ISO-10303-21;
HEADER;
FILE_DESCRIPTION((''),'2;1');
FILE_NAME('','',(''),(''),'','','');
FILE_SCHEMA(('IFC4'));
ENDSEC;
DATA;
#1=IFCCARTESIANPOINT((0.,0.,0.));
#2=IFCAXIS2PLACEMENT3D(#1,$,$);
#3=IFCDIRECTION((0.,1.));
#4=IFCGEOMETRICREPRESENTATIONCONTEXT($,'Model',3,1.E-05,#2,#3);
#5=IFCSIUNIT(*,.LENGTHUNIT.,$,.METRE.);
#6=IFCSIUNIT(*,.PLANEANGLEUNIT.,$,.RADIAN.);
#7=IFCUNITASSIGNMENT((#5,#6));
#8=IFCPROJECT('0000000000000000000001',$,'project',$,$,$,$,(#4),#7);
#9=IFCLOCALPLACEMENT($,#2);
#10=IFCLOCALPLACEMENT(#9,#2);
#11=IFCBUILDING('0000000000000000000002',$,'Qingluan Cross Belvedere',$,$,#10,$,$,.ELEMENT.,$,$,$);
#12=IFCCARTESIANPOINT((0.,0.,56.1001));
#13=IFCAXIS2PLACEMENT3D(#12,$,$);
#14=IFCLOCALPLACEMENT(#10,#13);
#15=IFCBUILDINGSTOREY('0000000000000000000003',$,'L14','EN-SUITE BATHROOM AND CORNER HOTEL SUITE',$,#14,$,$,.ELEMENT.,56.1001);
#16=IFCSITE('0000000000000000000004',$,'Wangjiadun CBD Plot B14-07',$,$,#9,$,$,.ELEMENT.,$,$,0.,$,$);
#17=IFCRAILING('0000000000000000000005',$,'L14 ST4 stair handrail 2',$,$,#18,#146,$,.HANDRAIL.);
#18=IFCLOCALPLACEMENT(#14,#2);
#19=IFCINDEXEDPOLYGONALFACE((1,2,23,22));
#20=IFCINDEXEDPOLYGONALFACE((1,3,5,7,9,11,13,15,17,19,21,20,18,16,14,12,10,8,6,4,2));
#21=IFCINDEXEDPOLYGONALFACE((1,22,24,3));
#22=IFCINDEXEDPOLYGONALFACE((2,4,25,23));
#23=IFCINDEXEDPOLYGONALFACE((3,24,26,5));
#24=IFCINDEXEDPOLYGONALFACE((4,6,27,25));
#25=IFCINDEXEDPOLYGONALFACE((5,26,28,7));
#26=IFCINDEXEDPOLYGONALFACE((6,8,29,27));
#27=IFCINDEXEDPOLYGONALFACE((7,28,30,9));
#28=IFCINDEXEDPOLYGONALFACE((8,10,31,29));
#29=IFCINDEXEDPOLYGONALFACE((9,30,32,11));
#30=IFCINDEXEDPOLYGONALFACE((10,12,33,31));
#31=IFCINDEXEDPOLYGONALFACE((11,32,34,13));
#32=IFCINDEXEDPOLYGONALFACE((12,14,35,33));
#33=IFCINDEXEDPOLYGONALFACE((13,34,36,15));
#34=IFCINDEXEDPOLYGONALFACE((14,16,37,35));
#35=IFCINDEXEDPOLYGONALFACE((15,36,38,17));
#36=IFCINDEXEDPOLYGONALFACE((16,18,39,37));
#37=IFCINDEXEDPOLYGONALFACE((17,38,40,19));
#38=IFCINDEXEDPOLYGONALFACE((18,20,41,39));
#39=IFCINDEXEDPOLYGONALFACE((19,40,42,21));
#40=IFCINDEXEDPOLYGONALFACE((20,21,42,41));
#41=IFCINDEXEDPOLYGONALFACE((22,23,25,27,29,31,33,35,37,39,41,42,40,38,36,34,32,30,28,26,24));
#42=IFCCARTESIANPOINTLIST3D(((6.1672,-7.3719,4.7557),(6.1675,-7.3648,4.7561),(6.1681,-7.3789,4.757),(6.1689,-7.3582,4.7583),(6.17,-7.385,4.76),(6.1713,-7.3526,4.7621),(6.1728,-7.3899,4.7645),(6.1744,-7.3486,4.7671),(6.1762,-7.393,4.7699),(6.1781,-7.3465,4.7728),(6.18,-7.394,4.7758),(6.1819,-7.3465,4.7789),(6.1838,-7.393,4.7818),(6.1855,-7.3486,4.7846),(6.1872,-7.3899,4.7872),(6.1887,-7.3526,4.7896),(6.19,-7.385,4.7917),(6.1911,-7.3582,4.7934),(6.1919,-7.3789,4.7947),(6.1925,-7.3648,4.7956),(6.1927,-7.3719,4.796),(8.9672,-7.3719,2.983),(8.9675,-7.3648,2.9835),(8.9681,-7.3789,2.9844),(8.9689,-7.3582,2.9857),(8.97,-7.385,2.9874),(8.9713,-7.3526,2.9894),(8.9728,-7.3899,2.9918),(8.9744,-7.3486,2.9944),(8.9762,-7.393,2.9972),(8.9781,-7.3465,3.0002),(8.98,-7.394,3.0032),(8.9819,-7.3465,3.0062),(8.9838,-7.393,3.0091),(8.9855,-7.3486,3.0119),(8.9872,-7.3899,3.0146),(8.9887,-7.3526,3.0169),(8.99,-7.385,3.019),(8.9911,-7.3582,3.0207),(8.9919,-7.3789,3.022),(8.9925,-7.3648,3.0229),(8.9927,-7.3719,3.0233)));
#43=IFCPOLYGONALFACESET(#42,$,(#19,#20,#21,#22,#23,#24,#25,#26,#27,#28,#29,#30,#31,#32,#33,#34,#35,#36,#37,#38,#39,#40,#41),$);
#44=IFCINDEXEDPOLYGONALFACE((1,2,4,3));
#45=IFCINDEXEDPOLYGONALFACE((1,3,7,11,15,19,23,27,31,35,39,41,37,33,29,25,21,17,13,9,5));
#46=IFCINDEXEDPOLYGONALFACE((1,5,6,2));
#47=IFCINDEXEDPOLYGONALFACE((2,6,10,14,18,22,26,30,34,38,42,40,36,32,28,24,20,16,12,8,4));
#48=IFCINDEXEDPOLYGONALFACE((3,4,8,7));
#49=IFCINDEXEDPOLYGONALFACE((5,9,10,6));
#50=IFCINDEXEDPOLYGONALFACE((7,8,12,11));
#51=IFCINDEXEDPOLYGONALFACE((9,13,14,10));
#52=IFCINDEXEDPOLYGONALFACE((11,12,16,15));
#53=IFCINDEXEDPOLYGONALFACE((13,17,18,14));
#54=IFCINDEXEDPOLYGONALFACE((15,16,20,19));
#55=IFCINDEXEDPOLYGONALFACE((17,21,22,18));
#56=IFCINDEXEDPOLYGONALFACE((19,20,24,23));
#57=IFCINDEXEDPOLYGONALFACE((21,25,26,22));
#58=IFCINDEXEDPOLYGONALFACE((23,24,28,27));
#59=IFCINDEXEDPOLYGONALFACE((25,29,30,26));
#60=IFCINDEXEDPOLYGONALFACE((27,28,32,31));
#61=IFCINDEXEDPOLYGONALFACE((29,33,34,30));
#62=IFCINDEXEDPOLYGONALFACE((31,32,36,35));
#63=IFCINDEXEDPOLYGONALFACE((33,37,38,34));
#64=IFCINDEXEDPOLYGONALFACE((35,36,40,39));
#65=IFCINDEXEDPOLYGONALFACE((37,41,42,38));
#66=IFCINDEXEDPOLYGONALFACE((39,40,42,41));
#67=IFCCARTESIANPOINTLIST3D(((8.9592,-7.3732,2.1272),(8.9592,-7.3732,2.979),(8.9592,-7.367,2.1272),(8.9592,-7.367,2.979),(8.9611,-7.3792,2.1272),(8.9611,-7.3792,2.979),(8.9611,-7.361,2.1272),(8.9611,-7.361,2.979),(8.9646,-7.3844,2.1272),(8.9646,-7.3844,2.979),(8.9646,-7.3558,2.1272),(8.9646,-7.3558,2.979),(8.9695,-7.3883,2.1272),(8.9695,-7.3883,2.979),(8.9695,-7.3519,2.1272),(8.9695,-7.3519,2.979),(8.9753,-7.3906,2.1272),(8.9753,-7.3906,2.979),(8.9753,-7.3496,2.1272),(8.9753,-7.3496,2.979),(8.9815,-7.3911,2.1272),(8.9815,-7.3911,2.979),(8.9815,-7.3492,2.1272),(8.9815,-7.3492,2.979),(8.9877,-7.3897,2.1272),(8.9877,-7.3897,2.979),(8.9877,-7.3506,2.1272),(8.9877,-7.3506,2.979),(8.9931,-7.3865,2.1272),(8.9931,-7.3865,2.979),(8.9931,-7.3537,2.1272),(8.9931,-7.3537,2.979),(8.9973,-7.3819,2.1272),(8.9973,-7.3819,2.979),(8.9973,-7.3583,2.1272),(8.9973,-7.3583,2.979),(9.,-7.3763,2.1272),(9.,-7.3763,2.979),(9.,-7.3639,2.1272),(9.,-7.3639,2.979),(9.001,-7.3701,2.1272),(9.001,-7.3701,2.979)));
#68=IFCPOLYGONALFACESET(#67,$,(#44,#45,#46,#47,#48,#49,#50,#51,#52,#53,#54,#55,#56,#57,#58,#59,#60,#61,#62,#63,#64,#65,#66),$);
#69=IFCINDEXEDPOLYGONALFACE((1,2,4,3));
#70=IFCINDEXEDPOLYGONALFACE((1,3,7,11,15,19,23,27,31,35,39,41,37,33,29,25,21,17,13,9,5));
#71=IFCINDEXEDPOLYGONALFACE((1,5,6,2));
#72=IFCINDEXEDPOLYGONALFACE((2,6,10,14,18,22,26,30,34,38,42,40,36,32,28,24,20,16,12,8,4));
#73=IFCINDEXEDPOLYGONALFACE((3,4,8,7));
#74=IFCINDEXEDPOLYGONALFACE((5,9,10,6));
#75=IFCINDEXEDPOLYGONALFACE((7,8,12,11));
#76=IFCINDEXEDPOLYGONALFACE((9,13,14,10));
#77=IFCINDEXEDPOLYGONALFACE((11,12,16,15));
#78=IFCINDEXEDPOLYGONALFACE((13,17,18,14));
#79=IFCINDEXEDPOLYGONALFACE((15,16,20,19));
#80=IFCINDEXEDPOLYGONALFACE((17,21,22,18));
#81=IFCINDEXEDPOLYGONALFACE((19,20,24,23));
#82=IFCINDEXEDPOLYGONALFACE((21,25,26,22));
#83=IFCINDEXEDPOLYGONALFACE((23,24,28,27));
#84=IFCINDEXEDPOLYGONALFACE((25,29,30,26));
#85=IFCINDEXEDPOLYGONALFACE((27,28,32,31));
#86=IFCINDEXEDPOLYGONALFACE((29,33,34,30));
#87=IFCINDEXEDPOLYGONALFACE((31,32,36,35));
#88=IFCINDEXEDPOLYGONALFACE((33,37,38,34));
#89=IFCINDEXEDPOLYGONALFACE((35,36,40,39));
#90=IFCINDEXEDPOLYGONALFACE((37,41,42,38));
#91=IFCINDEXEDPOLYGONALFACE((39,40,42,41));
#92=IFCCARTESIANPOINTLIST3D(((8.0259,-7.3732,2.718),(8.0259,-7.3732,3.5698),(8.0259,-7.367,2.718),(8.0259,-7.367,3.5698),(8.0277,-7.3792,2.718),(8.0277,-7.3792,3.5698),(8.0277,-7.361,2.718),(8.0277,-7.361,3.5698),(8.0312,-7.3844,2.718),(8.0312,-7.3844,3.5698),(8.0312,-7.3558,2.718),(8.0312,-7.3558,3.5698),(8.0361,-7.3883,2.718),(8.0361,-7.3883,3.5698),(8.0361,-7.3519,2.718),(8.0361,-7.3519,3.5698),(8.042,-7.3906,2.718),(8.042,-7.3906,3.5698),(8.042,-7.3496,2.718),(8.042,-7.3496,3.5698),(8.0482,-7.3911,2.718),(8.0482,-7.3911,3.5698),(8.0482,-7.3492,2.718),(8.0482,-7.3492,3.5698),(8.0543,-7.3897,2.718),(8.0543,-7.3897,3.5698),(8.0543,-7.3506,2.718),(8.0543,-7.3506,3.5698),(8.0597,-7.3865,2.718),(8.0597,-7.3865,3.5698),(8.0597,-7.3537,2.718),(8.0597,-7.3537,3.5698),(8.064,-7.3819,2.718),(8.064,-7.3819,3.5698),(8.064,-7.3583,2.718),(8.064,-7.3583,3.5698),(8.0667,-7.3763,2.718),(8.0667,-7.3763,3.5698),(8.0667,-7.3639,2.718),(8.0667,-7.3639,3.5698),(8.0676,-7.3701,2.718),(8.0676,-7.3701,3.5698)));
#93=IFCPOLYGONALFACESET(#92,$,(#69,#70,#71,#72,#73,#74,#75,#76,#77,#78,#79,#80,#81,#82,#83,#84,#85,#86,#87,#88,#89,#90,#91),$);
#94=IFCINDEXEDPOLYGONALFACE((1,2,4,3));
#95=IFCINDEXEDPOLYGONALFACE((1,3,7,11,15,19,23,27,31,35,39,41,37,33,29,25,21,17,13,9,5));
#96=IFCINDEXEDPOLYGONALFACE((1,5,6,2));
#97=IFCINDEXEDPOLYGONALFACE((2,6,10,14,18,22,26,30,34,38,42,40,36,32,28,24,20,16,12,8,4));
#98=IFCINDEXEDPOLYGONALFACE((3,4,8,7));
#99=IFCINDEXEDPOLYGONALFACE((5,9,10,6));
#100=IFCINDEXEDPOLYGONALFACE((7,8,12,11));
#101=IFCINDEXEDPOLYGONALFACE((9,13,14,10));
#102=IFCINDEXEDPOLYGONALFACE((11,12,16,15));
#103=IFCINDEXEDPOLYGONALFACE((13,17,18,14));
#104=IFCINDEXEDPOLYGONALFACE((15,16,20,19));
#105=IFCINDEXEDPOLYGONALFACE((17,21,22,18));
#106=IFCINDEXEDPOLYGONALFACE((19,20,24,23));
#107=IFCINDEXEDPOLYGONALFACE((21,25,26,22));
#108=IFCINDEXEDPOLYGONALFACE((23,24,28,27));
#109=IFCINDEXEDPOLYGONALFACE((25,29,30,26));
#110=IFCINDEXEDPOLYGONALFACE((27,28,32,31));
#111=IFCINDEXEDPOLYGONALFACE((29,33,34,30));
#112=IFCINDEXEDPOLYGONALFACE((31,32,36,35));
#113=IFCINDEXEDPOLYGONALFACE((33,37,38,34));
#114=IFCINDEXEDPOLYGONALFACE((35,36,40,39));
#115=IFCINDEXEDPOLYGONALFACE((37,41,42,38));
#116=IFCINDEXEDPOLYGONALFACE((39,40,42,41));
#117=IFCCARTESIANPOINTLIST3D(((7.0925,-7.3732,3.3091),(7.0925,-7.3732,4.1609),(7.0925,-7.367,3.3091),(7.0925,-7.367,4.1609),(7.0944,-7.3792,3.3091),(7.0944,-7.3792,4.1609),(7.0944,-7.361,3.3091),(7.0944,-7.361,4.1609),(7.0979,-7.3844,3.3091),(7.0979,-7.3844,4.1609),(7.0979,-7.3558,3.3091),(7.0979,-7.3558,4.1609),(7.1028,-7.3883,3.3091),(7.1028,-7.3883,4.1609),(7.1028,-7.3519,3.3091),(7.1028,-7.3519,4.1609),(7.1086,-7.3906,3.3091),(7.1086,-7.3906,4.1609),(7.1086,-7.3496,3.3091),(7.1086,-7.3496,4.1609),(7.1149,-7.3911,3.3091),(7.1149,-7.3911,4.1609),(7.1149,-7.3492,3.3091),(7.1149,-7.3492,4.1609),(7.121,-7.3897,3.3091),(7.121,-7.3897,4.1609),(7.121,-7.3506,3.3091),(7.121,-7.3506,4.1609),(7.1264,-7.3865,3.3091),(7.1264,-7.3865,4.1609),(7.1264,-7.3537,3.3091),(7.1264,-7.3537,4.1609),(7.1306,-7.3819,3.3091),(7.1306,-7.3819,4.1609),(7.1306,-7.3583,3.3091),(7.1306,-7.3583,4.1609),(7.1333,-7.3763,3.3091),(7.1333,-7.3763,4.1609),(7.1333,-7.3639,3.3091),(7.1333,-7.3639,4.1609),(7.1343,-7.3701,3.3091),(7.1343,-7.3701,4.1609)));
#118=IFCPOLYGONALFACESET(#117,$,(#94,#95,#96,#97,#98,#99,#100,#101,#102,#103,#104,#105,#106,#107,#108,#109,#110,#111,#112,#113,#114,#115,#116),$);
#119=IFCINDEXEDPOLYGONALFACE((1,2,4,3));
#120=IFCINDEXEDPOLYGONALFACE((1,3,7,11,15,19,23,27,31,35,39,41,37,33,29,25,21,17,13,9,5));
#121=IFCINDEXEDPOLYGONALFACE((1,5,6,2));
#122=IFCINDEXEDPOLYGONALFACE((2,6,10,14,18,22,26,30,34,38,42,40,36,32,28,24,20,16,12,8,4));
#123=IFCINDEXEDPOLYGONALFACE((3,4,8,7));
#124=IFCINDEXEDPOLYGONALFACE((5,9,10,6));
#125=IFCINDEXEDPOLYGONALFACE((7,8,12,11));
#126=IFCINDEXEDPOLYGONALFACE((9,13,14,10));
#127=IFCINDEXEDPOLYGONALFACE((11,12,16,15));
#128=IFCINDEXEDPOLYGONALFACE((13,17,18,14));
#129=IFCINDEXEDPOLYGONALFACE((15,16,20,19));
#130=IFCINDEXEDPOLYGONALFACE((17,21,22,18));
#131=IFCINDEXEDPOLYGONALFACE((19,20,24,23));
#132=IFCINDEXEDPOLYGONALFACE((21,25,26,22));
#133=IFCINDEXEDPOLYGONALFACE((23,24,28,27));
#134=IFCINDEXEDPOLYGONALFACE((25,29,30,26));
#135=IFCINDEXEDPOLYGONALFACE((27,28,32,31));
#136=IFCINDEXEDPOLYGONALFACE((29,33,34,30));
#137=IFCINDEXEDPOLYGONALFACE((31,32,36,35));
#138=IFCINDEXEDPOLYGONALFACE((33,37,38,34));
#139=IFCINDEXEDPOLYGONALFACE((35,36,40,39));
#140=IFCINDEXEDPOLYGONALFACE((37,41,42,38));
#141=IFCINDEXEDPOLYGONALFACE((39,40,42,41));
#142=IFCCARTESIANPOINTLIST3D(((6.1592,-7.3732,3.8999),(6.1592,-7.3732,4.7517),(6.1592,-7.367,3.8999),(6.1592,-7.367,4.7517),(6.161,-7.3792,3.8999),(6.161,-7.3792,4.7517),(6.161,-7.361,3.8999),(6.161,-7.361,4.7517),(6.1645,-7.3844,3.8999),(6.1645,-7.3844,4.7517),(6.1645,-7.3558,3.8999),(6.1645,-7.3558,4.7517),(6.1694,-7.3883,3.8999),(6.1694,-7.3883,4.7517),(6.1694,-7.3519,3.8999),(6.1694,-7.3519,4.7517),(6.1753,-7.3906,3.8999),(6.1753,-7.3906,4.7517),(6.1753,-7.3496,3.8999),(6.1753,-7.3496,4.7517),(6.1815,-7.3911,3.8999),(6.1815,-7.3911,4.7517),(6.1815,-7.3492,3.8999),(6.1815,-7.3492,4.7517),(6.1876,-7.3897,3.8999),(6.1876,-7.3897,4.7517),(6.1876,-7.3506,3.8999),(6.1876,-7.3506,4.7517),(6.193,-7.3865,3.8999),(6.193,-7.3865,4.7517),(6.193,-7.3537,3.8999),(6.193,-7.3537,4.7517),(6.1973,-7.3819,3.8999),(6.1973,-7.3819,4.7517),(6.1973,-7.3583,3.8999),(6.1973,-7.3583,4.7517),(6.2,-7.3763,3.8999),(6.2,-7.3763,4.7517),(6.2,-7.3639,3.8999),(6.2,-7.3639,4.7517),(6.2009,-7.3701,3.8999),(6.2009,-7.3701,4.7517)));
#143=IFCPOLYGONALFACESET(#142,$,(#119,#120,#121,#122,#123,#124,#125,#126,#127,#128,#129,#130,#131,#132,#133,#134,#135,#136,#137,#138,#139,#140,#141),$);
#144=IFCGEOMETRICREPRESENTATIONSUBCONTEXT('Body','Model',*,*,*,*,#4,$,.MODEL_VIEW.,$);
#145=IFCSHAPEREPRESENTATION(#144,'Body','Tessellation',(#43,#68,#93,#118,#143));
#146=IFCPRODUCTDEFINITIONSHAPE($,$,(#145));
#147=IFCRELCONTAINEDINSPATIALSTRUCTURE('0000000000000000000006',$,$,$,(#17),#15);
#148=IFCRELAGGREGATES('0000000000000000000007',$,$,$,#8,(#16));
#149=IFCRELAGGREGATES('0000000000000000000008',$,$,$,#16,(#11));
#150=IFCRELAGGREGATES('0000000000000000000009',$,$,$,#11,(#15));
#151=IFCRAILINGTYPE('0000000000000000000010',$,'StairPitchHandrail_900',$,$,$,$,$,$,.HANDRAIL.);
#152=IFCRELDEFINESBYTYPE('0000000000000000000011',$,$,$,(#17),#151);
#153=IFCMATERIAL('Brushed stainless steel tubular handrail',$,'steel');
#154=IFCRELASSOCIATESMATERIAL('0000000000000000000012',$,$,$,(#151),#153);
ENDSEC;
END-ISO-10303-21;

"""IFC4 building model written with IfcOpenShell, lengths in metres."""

from ifc_helpers import new_model, si_unit, direction, frame, origin, origin_2d, place, context, subcontext, project, spatial, circle, extrude, material, type_object, element, save


model = new_model("IFC4")

# Units and contexts
model_context = context("Model", 3, precision=1e-05, world=origin(), true_north=direction((0.0, 1.0)))
body_context = subcontext(model_context, "Body", "Model", "MODEL_VIEW")
ifc_project = project(units=[si_unit("LENGTHUNIT", "METRE"), si_unit("PLANEANGLEUNIT", "RADIAN")], contexts=[model_context])

# Site, building, storey
site_placement = place(None, origin())
site = spatial("IfcSite", under=ifc_project, at=site_placement, Name="Wangjiadun CBD Plot B14-07", CompositionType="ELEMENT", RefElevation=0.0)
building_placement = place(site_placement, origin())
building = spatial("IfcBuilding", under=site, at=building_placement, Name="Qingluan Cross Belvedere", CompositionType="ELEMENT")
storey_placement = place(building_placement, frame((0.0, 0.0, 56.1001)))
storey = spatial("IfcBuildingStorey", under=building, at=storey_placement, Name="L14", Description="EN-SUITE BATHROOM AND CORNER HOTEL SUITE", CompositionType="ELEMENT", Elevation=56.1001)

# Railing
ifc_material_1 = material(Name="Brushed stainless steel tubular handrail", Category="steel")
railing_type_1 = type_object("IfcRailingType", Name="StairPitchHandrail_900", PredefinedType="HANDRAIL", material=ifc_material_1)
for number, where, name in (
    (1, (8.98, -7.3701, 2.1272), "L14 ST4 stair handrail 2"),
):
    element("IfcRailing", number, at=place(storey_placement, frame(where)), inside=storey, type_object=railing_type_1, Name=name, PredefinedType="HANDRAIL", context=body_context, shape_type="SweptSolid", body=[
        extrude(circle(Radius=0.0239, at=origin_2d()), frame((0.0, 0.0, 0.876), z_axis=(-0.844909, 0.0, 0.53491), x_axis=(0.0, -1.0, 0.0)), (0.0, 0.0, 1.0), 3.314),
        extrude(circle(Radius=0.021, at=origin_2d()), origin(), (0.0, 0.0, 1.0), 0.8518),
        extrude(circle(Radius=0.021, at=origin_2d()), frame((-0.9333, 0.0, 0.5908)), (0.0, 0.0, 1.0), 0.8518),
        extrude(circle(Radius=0.021, at=origin_2d()), frame((-1.8667, 0.0, 1.1819)), (0.0, 0.0, 1.0), 0.8518),
        extrude(circle(Radius=0.021, at=origin_2d()), frame((-2.8, 0.0, 1.7727)), (0.0, 0.0, 1.0), 0.8518),
    ])

save(model, "model.ifc")
